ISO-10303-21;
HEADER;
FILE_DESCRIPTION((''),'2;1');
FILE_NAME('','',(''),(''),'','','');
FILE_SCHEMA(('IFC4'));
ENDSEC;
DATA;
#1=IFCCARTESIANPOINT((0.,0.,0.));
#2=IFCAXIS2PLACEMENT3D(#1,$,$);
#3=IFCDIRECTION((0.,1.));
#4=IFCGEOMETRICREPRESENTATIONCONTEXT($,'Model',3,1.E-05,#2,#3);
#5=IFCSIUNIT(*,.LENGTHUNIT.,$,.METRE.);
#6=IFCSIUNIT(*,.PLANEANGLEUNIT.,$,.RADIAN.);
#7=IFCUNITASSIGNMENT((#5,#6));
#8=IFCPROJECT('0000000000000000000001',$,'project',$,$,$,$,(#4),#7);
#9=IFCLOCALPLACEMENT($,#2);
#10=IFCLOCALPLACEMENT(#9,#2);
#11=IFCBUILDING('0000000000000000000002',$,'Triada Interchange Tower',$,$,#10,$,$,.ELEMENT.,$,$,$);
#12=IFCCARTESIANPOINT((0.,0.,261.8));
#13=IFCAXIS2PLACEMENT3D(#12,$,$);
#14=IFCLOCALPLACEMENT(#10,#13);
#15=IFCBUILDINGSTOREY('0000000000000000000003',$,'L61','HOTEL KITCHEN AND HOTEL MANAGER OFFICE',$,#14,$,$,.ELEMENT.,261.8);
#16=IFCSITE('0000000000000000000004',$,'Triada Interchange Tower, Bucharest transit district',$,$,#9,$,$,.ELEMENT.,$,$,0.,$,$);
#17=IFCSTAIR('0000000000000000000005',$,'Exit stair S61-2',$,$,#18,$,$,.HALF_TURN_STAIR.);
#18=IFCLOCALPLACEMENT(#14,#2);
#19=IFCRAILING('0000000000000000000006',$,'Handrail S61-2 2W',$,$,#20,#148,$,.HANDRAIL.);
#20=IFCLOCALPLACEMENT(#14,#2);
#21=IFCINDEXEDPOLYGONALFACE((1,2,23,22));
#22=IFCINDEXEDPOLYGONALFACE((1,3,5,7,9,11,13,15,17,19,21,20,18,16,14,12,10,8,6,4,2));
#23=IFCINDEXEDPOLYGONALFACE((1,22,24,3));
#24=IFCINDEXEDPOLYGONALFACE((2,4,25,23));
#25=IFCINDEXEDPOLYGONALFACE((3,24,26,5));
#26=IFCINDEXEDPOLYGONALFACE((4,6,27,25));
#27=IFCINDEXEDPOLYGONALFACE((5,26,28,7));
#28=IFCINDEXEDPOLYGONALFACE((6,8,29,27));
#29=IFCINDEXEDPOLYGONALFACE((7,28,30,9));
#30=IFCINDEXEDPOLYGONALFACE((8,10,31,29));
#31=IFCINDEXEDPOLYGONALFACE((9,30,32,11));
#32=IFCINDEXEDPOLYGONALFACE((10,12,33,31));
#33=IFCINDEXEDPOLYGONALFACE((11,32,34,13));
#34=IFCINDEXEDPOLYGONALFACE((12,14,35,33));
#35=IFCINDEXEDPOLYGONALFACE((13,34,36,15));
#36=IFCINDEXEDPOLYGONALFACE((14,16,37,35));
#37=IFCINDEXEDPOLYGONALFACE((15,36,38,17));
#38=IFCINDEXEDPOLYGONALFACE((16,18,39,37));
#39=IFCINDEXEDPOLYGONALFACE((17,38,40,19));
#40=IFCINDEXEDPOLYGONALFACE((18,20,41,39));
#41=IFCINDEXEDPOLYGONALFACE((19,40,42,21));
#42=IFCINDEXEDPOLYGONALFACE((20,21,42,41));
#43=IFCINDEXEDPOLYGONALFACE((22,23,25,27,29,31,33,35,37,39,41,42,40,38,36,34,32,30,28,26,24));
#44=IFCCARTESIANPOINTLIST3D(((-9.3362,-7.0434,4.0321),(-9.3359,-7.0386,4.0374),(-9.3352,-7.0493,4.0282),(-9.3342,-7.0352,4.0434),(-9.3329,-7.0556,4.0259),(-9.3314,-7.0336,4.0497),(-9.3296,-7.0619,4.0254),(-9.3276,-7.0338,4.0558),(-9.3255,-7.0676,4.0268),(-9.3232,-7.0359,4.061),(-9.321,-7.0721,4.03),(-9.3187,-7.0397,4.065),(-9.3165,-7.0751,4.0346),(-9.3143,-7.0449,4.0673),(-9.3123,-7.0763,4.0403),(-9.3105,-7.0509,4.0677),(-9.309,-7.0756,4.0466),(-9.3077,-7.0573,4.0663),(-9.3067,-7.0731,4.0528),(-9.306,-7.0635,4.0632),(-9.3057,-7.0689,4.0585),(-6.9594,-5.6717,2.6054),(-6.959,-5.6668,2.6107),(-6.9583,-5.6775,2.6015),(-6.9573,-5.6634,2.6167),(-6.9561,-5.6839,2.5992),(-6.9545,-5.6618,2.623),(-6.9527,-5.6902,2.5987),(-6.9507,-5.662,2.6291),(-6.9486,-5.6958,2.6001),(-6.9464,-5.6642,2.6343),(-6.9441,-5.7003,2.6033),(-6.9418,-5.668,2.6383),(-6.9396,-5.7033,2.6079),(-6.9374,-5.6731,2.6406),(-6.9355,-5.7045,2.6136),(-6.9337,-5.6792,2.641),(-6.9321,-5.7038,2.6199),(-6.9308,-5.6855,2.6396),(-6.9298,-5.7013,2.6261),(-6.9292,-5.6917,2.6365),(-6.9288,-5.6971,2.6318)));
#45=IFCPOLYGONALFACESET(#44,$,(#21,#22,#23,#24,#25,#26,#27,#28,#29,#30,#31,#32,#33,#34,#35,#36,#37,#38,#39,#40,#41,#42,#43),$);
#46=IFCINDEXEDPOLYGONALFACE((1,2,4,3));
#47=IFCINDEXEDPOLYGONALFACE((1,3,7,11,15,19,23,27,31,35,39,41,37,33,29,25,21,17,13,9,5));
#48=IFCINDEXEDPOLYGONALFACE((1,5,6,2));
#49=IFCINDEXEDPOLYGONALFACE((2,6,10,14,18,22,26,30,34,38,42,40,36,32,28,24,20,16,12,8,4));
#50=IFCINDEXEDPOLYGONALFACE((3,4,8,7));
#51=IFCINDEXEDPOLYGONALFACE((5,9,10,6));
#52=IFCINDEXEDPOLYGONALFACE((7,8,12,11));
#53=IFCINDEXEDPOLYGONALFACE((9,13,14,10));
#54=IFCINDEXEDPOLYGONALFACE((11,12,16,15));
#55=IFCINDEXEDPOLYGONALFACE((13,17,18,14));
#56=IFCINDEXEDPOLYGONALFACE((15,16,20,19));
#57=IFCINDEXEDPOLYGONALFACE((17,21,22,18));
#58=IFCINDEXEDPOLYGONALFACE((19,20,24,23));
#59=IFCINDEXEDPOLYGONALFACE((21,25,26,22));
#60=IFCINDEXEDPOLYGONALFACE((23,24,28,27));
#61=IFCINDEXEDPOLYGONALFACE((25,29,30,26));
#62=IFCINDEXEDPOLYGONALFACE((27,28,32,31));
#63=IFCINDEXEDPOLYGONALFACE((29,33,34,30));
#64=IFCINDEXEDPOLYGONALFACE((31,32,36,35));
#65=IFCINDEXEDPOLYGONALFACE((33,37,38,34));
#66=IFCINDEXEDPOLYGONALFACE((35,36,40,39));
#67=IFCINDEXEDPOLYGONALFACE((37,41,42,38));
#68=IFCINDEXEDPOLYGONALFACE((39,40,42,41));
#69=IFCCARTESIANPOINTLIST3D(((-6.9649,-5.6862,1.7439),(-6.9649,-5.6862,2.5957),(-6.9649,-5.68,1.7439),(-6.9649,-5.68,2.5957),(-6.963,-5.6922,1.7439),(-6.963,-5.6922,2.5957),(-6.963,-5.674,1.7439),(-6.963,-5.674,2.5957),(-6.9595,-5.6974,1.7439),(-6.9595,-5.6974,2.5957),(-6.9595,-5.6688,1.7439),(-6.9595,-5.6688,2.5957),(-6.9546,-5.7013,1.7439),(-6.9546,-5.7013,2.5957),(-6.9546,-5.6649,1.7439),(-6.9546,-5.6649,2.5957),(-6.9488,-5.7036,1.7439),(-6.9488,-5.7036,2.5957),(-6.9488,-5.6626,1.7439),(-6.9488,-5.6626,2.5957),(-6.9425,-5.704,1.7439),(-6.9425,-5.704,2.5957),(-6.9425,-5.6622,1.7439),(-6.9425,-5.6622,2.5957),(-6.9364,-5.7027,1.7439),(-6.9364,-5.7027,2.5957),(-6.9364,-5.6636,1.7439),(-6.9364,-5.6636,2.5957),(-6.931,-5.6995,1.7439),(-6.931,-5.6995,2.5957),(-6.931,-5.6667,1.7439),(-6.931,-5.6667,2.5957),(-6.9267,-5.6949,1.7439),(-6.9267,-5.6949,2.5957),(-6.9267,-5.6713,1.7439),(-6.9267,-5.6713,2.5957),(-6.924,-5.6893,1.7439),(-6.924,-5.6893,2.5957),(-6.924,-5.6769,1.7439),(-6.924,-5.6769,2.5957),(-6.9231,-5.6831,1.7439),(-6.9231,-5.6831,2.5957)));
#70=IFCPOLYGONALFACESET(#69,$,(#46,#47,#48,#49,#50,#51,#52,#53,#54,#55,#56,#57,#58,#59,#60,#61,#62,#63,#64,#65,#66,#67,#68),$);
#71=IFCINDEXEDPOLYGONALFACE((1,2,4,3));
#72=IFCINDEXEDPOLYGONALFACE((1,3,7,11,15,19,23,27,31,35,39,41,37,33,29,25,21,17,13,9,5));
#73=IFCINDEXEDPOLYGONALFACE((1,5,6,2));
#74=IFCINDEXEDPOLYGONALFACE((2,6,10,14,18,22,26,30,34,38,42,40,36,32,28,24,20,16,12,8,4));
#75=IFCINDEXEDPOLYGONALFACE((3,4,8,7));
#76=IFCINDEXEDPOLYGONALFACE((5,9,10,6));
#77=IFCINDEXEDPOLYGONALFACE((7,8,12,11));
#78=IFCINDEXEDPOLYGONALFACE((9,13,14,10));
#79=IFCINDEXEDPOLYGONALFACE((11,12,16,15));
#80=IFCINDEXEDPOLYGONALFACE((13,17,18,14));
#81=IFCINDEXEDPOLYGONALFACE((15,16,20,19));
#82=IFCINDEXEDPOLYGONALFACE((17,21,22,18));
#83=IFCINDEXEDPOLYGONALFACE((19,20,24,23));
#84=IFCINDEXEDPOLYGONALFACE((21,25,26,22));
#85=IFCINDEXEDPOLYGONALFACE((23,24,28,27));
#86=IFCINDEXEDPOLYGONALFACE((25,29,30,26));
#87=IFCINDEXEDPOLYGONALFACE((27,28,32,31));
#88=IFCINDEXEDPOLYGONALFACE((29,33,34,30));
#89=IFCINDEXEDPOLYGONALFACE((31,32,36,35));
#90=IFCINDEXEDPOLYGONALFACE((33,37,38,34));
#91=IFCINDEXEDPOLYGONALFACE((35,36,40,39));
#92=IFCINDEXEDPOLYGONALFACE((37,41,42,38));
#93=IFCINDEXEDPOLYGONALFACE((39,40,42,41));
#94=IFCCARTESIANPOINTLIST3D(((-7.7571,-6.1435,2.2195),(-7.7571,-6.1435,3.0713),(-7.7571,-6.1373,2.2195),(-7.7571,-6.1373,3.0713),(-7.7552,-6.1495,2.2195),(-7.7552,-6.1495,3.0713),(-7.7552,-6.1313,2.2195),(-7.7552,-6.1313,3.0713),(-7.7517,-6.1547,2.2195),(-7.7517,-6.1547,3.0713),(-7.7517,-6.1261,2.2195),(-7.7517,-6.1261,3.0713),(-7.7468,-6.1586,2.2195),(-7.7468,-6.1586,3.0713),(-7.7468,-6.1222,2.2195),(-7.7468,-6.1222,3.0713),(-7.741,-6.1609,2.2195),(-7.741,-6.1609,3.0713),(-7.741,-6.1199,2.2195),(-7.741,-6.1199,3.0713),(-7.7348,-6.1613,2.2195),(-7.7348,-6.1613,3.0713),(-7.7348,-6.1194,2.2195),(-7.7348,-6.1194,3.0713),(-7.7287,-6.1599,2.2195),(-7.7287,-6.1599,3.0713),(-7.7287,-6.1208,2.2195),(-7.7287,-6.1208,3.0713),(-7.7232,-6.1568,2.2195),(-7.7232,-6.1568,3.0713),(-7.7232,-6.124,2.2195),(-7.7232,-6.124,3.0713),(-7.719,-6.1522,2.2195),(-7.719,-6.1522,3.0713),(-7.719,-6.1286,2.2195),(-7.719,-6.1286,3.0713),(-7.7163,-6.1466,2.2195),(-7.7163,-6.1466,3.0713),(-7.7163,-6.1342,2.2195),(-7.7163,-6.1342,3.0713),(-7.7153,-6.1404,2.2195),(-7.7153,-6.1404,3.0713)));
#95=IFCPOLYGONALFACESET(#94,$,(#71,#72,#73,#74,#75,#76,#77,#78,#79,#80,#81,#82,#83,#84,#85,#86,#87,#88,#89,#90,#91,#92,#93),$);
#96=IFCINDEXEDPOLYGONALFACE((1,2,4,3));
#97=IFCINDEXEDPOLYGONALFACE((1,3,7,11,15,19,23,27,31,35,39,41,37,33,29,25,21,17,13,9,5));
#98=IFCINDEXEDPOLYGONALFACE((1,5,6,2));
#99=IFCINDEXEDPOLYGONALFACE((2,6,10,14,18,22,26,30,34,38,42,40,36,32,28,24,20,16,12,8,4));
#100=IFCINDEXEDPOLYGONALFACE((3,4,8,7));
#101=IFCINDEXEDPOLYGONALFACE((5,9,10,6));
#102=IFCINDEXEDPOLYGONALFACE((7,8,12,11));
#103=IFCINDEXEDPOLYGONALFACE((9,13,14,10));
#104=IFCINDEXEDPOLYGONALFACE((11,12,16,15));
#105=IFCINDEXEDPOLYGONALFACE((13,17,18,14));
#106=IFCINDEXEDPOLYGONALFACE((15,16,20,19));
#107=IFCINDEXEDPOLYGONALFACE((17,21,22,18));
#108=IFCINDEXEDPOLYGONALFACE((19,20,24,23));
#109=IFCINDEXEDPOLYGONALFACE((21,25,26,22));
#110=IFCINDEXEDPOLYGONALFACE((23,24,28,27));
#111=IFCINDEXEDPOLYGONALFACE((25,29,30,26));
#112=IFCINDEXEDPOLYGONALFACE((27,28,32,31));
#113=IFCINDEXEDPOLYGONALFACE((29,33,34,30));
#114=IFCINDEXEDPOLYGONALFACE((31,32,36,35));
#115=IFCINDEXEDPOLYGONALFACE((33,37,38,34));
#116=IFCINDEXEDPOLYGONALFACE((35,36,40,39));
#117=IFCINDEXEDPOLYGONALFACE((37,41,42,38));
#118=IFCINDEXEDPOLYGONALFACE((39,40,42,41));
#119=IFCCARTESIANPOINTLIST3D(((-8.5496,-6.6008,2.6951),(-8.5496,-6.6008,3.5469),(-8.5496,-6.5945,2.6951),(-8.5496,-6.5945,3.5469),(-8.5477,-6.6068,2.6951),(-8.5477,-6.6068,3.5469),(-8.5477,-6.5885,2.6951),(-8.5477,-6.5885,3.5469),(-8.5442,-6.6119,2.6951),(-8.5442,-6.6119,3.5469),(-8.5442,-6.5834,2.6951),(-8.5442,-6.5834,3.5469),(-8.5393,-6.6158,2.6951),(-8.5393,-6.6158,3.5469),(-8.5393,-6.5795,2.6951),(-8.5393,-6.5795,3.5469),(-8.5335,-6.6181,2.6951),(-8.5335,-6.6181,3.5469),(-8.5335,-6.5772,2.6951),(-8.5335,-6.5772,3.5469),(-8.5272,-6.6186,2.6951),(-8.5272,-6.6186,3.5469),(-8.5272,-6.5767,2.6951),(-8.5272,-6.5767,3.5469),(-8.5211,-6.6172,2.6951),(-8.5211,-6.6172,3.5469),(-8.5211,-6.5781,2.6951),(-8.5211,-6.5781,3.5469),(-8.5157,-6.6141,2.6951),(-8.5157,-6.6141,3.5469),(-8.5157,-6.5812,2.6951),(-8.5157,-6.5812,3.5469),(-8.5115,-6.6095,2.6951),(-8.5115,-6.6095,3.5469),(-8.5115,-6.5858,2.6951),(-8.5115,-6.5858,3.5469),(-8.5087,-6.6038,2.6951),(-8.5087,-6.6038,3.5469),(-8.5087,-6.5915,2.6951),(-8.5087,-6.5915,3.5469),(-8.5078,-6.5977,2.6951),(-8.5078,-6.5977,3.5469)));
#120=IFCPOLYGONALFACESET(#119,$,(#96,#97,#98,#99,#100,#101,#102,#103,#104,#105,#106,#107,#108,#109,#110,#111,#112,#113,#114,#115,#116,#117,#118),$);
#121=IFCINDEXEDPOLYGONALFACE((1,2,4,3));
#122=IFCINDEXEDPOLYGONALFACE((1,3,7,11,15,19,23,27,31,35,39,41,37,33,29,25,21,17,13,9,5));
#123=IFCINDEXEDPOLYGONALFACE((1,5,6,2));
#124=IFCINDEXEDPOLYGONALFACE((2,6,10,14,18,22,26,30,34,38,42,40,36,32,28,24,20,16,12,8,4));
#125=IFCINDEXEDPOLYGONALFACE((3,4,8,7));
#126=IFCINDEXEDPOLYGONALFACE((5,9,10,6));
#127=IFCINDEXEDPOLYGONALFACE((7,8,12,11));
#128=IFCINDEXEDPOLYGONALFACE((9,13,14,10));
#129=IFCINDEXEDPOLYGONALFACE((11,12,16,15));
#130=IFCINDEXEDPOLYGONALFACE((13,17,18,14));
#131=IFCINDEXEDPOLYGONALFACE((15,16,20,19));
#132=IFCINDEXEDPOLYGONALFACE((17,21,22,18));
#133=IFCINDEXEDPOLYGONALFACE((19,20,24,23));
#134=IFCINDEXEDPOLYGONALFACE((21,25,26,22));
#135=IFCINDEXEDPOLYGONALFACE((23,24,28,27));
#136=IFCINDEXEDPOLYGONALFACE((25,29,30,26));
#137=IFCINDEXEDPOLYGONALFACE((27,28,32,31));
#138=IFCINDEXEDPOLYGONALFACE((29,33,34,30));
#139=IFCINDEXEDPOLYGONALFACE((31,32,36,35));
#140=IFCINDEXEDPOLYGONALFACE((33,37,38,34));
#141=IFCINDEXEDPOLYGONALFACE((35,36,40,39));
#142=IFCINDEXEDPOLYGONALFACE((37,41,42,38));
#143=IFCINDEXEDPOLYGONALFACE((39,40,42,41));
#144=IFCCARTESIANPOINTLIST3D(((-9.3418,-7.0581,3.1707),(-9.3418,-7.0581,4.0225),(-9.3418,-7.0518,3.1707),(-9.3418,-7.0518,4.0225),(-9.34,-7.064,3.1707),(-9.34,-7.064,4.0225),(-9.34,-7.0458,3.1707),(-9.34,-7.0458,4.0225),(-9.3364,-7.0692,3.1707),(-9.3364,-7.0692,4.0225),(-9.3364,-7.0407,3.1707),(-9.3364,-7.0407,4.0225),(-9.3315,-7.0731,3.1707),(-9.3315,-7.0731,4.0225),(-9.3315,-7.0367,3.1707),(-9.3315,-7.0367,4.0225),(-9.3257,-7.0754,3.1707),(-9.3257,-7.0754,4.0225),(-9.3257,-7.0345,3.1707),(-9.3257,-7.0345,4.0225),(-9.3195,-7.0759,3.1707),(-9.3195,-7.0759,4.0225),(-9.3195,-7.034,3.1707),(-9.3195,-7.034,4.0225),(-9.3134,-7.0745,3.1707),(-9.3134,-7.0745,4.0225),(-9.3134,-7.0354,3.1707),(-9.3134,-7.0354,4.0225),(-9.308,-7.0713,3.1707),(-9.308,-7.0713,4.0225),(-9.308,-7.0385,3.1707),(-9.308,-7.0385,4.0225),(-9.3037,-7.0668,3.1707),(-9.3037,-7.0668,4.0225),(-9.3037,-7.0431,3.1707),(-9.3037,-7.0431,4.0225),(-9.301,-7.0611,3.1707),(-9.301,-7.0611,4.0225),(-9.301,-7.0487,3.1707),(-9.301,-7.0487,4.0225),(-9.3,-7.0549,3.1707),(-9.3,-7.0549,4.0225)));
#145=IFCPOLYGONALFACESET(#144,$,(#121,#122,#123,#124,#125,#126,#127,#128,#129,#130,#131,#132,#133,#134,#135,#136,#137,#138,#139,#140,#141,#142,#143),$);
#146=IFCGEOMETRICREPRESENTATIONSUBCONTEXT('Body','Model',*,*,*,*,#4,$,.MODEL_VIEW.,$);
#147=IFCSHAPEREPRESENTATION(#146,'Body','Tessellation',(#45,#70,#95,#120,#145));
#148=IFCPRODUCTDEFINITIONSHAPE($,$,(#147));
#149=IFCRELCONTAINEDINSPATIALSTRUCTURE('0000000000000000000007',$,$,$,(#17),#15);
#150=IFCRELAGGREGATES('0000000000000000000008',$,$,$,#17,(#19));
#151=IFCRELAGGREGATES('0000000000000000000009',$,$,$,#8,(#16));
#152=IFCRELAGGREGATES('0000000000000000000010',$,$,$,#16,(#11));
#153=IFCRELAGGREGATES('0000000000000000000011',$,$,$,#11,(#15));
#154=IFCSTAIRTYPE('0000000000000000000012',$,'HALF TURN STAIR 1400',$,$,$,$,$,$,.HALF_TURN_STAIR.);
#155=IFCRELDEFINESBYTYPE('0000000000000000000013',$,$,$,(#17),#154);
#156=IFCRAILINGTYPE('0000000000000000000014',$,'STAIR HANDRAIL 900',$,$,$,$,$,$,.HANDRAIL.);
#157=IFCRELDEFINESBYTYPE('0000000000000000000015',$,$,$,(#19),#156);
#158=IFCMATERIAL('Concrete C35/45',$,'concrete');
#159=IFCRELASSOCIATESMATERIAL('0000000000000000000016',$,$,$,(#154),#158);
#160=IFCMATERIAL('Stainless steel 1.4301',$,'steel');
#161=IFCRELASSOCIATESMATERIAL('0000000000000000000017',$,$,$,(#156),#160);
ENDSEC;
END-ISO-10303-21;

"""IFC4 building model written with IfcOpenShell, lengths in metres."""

from ifc_helpers import new_model, si_unit, direction, frame, origin, origin_2d, place, context, subcontext, project, spatial, circle, extrude, material, type_object, element, aggregate, save


model = new_model("IFC4")

# Units and contexts
model_context = context("Model", 3, precision=1e-05, world=origin(), true_north=direction((0.0, 1.0)))
body_context = subcontext(model_context, "Body", "Model", "MODEL_VIEW")
ifc_project = project(units=[si_unit("LENGTHUNIT", "METRE"), si_unit("PLANEANGLEUNIT", "RADIAN")], contexts=[model_context])

# Site, building, storey
site_placement = place(None, origin())
site = spatial("IfcSite", under=ifc_project, at=site_placement, Name="Triada Interchange Tower, Bucharest transit district", CompositionType="ELEMENT", RefElevation=0.0)
building_placement = place(site_placement, origin())
building = spatial("IfcBuilding", under=site, at=building_placement, Name="Triada Interchange Tower", CompositionType="ELEMENT")
storey_placement = place(building_placement, frame((0.0, 0.0, 261.8)))
storey = spatial("IfcBuildingStorey", under=building, at=storey_placement, Name="L61", Description="HOTEL KITCHEN AND HOTEL MANAGER OFFICE", CompositionType="ELEMENT", Elevation=261.8)

# Stair
ifc_material_1 = material(Name="Concrete C35/45", Category="concrete")
stair_type = type_object("IfcStairType", Name="HALF TURN STAIR 1400", PredefinedType="HALF_TURN_STAIR", material=ifc_material_1)
stair_placement = place(storey_placement, origin())
stair = element("IfcStair", 1, at=stair_placement, inside=storey, type_object=stair_type, Name="Exit stair S61-2", PredefinedType="HALF_TURN_STAIR")

# Railing
ifc_material_2 = material(Name="Stainless steel 1.4301", Category="steel")
railing_type = type_object("IfcRailingType", Name="STAIR HANDRAIL 900", PredefinedType="HANDRAIL", material=ifc_material_2)
railing_1_placement = place(storey_placement, frame((-6.9441, -5.6831, 1.7439)))
railing_1 = element("IfcRailing", 2, at=railing_1_placement, type_object=railing_type, Name="Handrail S61-2 2W", PredefinedType="HANDRAIL", context=body_context, shape_type="SweptSolid", body=[
    extrude(circle(Radius=0.0239, at=origin_2d()), frame((0.0, 0.0, 0.876), z_axis=(-0.768462, -0.443507, 0.461267), x_axis=(0.499861, -0.866106, 0.0)), (0.0, 0.0, 1.0), 3.093),
    extrude(circle(Radius=0.021, at=origin_2d()), origin(), (0.0, 0.0, 1.0), 0.8518),
    extrude(circle(Radius=0.021, at=origin_2d()), frame((-0.7922, -0.4573, 0.4756)), (0.0, 0.0, 1.0), 0.8518),
    extrude(circle(Radius=0.021, at=origin_2d()), frame((-1.5847, -0.9146, 0.9512)), (0.0, 0.0, 1.0), 0.8518),
    extrude(circle(Radius=0.021, at=origin_2d()), frame((-2.377, -1.3718, 1.4268)), (0.0, 0.0, 1.0), 0.8518),
])
aggregate(stair, [railing_1])

save(model, "model.ifc")
